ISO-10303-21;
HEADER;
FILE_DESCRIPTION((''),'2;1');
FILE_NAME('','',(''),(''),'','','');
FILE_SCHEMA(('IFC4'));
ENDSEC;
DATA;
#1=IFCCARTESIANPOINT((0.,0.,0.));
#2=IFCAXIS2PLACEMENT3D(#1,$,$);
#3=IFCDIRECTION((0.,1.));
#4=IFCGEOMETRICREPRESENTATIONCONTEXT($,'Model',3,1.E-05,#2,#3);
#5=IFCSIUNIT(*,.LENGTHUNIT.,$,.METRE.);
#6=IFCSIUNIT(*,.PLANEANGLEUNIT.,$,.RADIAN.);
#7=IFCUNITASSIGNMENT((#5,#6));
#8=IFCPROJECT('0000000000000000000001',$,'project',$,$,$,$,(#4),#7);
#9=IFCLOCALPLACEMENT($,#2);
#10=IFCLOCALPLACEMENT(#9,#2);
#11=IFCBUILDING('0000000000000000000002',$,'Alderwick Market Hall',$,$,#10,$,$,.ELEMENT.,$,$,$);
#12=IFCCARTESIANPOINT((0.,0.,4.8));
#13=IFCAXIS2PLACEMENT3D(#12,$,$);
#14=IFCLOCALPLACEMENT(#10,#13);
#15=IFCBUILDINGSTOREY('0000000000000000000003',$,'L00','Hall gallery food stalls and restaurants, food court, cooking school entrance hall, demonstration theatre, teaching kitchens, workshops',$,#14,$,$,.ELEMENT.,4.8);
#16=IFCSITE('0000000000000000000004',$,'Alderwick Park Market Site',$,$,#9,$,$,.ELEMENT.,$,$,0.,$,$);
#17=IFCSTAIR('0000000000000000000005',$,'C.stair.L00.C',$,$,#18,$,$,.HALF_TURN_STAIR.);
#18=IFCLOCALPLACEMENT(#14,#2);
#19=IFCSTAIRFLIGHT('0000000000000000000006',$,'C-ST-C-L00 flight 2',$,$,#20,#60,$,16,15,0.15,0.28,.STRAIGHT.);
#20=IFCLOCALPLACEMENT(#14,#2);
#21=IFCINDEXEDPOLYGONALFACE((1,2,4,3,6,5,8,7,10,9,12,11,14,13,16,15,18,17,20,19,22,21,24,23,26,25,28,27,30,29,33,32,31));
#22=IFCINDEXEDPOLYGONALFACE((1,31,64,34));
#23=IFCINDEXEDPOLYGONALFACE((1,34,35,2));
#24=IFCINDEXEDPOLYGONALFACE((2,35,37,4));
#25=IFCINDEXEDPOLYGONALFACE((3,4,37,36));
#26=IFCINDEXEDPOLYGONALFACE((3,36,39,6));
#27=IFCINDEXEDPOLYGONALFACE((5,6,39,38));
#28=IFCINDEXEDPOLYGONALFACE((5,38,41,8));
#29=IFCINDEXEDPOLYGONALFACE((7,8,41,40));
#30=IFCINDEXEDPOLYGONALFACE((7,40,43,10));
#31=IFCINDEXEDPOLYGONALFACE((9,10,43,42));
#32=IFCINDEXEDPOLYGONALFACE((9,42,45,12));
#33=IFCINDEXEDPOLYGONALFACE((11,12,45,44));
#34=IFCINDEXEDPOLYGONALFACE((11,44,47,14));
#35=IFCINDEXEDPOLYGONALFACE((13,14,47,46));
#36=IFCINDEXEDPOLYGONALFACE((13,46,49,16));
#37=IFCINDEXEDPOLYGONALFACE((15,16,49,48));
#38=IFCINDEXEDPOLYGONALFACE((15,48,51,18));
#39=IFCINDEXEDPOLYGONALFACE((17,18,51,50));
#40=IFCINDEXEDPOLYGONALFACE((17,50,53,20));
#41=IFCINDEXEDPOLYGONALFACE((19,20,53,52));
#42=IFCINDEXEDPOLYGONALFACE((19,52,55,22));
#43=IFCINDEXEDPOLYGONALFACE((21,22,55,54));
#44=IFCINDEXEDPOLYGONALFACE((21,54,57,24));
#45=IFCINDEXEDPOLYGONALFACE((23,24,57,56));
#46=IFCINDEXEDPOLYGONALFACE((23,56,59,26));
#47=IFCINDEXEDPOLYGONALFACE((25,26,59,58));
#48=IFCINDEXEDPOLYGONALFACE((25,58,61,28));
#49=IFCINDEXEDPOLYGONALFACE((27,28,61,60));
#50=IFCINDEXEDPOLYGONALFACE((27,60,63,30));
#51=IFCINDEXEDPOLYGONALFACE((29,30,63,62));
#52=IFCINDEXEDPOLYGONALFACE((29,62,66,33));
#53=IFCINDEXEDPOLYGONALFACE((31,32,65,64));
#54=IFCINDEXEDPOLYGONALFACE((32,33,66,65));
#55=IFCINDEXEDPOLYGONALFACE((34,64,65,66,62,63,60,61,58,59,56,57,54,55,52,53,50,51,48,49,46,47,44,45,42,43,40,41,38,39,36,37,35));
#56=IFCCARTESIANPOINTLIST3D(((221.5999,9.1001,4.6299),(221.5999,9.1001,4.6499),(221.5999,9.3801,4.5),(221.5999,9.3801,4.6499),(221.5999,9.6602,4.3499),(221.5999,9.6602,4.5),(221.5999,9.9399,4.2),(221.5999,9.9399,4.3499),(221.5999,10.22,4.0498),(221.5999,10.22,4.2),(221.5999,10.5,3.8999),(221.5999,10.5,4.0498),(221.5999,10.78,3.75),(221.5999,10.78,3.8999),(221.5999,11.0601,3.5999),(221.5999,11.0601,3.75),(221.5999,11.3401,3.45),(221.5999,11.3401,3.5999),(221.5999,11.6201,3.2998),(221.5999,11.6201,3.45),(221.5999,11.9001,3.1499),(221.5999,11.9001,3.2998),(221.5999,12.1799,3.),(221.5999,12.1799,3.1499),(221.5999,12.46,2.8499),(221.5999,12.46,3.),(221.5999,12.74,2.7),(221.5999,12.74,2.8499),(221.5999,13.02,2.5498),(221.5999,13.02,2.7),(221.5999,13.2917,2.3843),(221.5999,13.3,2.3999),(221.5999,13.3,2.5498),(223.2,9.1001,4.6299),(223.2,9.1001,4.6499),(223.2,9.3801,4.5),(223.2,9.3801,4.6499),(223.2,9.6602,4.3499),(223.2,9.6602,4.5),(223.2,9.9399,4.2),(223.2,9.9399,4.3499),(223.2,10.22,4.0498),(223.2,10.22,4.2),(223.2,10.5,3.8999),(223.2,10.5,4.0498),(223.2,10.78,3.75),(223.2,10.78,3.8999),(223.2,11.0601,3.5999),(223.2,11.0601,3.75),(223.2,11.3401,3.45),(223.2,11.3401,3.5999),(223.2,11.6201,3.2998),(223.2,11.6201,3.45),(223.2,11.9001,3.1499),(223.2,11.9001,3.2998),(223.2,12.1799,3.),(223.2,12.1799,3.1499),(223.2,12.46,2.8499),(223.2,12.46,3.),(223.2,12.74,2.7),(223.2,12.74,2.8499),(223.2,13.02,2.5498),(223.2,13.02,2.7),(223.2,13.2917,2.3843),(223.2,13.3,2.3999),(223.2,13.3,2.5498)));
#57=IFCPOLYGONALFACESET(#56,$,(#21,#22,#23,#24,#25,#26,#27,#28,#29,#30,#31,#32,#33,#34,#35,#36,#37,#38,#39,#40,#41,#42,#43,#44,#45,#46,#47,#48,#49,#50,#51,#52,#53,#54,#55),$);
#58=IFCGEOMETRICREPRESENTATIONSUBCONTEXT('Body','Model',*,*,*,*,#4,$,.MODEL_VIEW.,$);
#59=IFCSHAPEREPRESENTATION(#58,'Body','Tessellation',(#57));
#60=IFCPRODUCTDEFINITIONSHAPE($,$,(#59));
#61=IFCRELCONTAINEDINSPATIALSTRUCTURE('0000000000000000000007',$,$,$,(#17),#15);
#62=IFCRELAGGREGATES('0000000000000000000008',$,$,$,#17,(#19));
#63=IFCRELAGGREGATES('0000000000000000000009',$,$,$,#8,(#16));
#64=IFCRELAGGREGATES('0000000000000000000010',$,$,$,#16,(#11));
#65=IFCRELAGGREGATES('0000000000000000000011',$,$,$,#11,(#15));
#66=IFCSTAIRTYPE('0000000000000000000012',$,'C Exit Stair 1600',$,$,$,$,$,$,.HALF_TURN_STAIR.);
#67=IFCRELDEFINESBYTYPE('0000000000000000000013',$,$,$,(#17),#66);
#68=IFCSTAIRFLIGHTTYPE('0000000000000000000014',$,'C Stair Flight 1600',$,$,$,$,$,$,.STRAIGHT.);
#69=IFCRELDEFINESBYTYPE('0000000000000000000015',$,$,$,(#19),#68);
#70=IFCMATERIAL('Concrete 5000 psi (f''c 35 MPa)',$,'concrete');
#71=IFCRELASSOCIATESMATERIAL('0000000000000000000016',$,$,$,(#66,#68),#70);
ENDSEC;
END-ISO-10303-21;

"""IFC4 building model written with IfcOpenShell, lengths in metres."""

from ifc_helpers import new_model, si_unit, direction, frame, origin, place, context, subcontext, project, spatial, polyline, outline, extrude, material, type_object, element, aggregate, save


model = new_model("IFC4")

# Units and contexts
model_context = context("Model", 3, precision=1e-05, world=origin(), true_north=direction((0.0, 1.0)))
body_context = subcontext(model_context, "Body", "Model", "MODEL_VIEW")
ifc_project = project(units=[si_unit("LENGTHUNIT", "METRE"), si_unit("PLANEANGLEUNIT", "RADIAN")], contexts=[model_context])

# Site, building, storey
site_placement = place(None, origin())
site = spatial("IfcSite", under=ifc_project, at=site_placement, Name="Alderwick Park Market Site", CompositionType="ELEMENT", RefElevation=0.0)
building_placement = place(site_placement, origin())
building = spatial("IfcBuilding", under=site, at=building_placement, Name="Alderwick Market Hall", CompositionType="ELEMENT")
storey_placement = place(building_placement, frame((0.0, 0.0, 4.8)))
storey = spatial("IfcBuildingStorey", under=building, at=storey_placement, Name="L00", Description="Hall gallery food stalls and restaurants, food court, cooking school entrance hall, demonstration theatre, teaching kitchens, workshops", CompositionType="ELEMENT", Elevation=4.8)

# Shared definitions
ifc_material_1 = material(Name="Concrete 5000 psi (f'c 35 MPa)", Category="concrete")

# Stair, stair flight
stair_type = type_object("IfcStairType", Name="C Exit Stair 1600", PredefinedType="HALF_TURN_STAIR", material=ifc_material_1)
stair_placement = place(storey_placement, origin())
stair = element("IfcStair", 1, at=stair_placement, inside=storey, type_object=stair_type, Name="C.stair.L00.C", PredefinedType="HALF_TURN_STAIR")
stair_flight_type = type_object("IfcStairFlightType", Name="C Stair Flight 1600", PredefinedType="STRAIGHT", material=ifc_material_1)
stair_flight_1_placement = place(storey_placement, frame((222.3999, 13.3, 2.3999), z_axis=(0.0, 0.0, 1.0), x_axis=(0.0, -1.0, 0.0)))
stair_flight_1 = element("IfcStairFlight", 2, at=stair_flight_1_placement, type_object=stair_flight_type, Name="C-ST-C-L00 flight 2", NumberOfRisers=16, NumberOfTreads=15, PredefinedType="STRAIGHT", RiserHeight=0.15, TreadLength=0.28, context=body_context, shape_type="SweptSolid", body=[
    extrude(outline(polyline([(0.0083, -0.0156), (0.0, 0.0), (0.0, 0.1499), (0.28, 0.1499), (0.28, 0.3), (0.5601, 0.3), (0.5601, 0.45), (0.8401, 0.45), (0.8401, 0.6001), (1.1201, 0.6001), (1.1201, 0.75), (1.3999, 0.75), (1.3999, 0.8999), (1.6799, 0.8999), (1.6799, 1.05), (1.96, 1.05), (1.96, 1.2), (2.24, 1.2), (2.24, 1.3501), (2.52, 1.3501), (2.52, 1.5), (2.8, 1.5), (2.8, 1.6499), (3.0801, 1.6499), (3.0801, 1.8), (3.3601, 1.8), (3.3601, 1.95), (3.6399, 1.95), (3.6399, 2.1001), (3.9199, 2.1001), (3.9199, 2.25), (4.2, 2.25), (4.2, 2.23), (0.0083, -0.0156)])), frame((0.0, 0.8, 0.0), z_axis=(0.0, -1.0, 0.0), x_axis=(1.0, 0.0, 0.0)), (0.0, 0.0, 1.0), 1.6001),
])
aggregate(stair, [stair_flight_1])

save(model, "model.ifc")
